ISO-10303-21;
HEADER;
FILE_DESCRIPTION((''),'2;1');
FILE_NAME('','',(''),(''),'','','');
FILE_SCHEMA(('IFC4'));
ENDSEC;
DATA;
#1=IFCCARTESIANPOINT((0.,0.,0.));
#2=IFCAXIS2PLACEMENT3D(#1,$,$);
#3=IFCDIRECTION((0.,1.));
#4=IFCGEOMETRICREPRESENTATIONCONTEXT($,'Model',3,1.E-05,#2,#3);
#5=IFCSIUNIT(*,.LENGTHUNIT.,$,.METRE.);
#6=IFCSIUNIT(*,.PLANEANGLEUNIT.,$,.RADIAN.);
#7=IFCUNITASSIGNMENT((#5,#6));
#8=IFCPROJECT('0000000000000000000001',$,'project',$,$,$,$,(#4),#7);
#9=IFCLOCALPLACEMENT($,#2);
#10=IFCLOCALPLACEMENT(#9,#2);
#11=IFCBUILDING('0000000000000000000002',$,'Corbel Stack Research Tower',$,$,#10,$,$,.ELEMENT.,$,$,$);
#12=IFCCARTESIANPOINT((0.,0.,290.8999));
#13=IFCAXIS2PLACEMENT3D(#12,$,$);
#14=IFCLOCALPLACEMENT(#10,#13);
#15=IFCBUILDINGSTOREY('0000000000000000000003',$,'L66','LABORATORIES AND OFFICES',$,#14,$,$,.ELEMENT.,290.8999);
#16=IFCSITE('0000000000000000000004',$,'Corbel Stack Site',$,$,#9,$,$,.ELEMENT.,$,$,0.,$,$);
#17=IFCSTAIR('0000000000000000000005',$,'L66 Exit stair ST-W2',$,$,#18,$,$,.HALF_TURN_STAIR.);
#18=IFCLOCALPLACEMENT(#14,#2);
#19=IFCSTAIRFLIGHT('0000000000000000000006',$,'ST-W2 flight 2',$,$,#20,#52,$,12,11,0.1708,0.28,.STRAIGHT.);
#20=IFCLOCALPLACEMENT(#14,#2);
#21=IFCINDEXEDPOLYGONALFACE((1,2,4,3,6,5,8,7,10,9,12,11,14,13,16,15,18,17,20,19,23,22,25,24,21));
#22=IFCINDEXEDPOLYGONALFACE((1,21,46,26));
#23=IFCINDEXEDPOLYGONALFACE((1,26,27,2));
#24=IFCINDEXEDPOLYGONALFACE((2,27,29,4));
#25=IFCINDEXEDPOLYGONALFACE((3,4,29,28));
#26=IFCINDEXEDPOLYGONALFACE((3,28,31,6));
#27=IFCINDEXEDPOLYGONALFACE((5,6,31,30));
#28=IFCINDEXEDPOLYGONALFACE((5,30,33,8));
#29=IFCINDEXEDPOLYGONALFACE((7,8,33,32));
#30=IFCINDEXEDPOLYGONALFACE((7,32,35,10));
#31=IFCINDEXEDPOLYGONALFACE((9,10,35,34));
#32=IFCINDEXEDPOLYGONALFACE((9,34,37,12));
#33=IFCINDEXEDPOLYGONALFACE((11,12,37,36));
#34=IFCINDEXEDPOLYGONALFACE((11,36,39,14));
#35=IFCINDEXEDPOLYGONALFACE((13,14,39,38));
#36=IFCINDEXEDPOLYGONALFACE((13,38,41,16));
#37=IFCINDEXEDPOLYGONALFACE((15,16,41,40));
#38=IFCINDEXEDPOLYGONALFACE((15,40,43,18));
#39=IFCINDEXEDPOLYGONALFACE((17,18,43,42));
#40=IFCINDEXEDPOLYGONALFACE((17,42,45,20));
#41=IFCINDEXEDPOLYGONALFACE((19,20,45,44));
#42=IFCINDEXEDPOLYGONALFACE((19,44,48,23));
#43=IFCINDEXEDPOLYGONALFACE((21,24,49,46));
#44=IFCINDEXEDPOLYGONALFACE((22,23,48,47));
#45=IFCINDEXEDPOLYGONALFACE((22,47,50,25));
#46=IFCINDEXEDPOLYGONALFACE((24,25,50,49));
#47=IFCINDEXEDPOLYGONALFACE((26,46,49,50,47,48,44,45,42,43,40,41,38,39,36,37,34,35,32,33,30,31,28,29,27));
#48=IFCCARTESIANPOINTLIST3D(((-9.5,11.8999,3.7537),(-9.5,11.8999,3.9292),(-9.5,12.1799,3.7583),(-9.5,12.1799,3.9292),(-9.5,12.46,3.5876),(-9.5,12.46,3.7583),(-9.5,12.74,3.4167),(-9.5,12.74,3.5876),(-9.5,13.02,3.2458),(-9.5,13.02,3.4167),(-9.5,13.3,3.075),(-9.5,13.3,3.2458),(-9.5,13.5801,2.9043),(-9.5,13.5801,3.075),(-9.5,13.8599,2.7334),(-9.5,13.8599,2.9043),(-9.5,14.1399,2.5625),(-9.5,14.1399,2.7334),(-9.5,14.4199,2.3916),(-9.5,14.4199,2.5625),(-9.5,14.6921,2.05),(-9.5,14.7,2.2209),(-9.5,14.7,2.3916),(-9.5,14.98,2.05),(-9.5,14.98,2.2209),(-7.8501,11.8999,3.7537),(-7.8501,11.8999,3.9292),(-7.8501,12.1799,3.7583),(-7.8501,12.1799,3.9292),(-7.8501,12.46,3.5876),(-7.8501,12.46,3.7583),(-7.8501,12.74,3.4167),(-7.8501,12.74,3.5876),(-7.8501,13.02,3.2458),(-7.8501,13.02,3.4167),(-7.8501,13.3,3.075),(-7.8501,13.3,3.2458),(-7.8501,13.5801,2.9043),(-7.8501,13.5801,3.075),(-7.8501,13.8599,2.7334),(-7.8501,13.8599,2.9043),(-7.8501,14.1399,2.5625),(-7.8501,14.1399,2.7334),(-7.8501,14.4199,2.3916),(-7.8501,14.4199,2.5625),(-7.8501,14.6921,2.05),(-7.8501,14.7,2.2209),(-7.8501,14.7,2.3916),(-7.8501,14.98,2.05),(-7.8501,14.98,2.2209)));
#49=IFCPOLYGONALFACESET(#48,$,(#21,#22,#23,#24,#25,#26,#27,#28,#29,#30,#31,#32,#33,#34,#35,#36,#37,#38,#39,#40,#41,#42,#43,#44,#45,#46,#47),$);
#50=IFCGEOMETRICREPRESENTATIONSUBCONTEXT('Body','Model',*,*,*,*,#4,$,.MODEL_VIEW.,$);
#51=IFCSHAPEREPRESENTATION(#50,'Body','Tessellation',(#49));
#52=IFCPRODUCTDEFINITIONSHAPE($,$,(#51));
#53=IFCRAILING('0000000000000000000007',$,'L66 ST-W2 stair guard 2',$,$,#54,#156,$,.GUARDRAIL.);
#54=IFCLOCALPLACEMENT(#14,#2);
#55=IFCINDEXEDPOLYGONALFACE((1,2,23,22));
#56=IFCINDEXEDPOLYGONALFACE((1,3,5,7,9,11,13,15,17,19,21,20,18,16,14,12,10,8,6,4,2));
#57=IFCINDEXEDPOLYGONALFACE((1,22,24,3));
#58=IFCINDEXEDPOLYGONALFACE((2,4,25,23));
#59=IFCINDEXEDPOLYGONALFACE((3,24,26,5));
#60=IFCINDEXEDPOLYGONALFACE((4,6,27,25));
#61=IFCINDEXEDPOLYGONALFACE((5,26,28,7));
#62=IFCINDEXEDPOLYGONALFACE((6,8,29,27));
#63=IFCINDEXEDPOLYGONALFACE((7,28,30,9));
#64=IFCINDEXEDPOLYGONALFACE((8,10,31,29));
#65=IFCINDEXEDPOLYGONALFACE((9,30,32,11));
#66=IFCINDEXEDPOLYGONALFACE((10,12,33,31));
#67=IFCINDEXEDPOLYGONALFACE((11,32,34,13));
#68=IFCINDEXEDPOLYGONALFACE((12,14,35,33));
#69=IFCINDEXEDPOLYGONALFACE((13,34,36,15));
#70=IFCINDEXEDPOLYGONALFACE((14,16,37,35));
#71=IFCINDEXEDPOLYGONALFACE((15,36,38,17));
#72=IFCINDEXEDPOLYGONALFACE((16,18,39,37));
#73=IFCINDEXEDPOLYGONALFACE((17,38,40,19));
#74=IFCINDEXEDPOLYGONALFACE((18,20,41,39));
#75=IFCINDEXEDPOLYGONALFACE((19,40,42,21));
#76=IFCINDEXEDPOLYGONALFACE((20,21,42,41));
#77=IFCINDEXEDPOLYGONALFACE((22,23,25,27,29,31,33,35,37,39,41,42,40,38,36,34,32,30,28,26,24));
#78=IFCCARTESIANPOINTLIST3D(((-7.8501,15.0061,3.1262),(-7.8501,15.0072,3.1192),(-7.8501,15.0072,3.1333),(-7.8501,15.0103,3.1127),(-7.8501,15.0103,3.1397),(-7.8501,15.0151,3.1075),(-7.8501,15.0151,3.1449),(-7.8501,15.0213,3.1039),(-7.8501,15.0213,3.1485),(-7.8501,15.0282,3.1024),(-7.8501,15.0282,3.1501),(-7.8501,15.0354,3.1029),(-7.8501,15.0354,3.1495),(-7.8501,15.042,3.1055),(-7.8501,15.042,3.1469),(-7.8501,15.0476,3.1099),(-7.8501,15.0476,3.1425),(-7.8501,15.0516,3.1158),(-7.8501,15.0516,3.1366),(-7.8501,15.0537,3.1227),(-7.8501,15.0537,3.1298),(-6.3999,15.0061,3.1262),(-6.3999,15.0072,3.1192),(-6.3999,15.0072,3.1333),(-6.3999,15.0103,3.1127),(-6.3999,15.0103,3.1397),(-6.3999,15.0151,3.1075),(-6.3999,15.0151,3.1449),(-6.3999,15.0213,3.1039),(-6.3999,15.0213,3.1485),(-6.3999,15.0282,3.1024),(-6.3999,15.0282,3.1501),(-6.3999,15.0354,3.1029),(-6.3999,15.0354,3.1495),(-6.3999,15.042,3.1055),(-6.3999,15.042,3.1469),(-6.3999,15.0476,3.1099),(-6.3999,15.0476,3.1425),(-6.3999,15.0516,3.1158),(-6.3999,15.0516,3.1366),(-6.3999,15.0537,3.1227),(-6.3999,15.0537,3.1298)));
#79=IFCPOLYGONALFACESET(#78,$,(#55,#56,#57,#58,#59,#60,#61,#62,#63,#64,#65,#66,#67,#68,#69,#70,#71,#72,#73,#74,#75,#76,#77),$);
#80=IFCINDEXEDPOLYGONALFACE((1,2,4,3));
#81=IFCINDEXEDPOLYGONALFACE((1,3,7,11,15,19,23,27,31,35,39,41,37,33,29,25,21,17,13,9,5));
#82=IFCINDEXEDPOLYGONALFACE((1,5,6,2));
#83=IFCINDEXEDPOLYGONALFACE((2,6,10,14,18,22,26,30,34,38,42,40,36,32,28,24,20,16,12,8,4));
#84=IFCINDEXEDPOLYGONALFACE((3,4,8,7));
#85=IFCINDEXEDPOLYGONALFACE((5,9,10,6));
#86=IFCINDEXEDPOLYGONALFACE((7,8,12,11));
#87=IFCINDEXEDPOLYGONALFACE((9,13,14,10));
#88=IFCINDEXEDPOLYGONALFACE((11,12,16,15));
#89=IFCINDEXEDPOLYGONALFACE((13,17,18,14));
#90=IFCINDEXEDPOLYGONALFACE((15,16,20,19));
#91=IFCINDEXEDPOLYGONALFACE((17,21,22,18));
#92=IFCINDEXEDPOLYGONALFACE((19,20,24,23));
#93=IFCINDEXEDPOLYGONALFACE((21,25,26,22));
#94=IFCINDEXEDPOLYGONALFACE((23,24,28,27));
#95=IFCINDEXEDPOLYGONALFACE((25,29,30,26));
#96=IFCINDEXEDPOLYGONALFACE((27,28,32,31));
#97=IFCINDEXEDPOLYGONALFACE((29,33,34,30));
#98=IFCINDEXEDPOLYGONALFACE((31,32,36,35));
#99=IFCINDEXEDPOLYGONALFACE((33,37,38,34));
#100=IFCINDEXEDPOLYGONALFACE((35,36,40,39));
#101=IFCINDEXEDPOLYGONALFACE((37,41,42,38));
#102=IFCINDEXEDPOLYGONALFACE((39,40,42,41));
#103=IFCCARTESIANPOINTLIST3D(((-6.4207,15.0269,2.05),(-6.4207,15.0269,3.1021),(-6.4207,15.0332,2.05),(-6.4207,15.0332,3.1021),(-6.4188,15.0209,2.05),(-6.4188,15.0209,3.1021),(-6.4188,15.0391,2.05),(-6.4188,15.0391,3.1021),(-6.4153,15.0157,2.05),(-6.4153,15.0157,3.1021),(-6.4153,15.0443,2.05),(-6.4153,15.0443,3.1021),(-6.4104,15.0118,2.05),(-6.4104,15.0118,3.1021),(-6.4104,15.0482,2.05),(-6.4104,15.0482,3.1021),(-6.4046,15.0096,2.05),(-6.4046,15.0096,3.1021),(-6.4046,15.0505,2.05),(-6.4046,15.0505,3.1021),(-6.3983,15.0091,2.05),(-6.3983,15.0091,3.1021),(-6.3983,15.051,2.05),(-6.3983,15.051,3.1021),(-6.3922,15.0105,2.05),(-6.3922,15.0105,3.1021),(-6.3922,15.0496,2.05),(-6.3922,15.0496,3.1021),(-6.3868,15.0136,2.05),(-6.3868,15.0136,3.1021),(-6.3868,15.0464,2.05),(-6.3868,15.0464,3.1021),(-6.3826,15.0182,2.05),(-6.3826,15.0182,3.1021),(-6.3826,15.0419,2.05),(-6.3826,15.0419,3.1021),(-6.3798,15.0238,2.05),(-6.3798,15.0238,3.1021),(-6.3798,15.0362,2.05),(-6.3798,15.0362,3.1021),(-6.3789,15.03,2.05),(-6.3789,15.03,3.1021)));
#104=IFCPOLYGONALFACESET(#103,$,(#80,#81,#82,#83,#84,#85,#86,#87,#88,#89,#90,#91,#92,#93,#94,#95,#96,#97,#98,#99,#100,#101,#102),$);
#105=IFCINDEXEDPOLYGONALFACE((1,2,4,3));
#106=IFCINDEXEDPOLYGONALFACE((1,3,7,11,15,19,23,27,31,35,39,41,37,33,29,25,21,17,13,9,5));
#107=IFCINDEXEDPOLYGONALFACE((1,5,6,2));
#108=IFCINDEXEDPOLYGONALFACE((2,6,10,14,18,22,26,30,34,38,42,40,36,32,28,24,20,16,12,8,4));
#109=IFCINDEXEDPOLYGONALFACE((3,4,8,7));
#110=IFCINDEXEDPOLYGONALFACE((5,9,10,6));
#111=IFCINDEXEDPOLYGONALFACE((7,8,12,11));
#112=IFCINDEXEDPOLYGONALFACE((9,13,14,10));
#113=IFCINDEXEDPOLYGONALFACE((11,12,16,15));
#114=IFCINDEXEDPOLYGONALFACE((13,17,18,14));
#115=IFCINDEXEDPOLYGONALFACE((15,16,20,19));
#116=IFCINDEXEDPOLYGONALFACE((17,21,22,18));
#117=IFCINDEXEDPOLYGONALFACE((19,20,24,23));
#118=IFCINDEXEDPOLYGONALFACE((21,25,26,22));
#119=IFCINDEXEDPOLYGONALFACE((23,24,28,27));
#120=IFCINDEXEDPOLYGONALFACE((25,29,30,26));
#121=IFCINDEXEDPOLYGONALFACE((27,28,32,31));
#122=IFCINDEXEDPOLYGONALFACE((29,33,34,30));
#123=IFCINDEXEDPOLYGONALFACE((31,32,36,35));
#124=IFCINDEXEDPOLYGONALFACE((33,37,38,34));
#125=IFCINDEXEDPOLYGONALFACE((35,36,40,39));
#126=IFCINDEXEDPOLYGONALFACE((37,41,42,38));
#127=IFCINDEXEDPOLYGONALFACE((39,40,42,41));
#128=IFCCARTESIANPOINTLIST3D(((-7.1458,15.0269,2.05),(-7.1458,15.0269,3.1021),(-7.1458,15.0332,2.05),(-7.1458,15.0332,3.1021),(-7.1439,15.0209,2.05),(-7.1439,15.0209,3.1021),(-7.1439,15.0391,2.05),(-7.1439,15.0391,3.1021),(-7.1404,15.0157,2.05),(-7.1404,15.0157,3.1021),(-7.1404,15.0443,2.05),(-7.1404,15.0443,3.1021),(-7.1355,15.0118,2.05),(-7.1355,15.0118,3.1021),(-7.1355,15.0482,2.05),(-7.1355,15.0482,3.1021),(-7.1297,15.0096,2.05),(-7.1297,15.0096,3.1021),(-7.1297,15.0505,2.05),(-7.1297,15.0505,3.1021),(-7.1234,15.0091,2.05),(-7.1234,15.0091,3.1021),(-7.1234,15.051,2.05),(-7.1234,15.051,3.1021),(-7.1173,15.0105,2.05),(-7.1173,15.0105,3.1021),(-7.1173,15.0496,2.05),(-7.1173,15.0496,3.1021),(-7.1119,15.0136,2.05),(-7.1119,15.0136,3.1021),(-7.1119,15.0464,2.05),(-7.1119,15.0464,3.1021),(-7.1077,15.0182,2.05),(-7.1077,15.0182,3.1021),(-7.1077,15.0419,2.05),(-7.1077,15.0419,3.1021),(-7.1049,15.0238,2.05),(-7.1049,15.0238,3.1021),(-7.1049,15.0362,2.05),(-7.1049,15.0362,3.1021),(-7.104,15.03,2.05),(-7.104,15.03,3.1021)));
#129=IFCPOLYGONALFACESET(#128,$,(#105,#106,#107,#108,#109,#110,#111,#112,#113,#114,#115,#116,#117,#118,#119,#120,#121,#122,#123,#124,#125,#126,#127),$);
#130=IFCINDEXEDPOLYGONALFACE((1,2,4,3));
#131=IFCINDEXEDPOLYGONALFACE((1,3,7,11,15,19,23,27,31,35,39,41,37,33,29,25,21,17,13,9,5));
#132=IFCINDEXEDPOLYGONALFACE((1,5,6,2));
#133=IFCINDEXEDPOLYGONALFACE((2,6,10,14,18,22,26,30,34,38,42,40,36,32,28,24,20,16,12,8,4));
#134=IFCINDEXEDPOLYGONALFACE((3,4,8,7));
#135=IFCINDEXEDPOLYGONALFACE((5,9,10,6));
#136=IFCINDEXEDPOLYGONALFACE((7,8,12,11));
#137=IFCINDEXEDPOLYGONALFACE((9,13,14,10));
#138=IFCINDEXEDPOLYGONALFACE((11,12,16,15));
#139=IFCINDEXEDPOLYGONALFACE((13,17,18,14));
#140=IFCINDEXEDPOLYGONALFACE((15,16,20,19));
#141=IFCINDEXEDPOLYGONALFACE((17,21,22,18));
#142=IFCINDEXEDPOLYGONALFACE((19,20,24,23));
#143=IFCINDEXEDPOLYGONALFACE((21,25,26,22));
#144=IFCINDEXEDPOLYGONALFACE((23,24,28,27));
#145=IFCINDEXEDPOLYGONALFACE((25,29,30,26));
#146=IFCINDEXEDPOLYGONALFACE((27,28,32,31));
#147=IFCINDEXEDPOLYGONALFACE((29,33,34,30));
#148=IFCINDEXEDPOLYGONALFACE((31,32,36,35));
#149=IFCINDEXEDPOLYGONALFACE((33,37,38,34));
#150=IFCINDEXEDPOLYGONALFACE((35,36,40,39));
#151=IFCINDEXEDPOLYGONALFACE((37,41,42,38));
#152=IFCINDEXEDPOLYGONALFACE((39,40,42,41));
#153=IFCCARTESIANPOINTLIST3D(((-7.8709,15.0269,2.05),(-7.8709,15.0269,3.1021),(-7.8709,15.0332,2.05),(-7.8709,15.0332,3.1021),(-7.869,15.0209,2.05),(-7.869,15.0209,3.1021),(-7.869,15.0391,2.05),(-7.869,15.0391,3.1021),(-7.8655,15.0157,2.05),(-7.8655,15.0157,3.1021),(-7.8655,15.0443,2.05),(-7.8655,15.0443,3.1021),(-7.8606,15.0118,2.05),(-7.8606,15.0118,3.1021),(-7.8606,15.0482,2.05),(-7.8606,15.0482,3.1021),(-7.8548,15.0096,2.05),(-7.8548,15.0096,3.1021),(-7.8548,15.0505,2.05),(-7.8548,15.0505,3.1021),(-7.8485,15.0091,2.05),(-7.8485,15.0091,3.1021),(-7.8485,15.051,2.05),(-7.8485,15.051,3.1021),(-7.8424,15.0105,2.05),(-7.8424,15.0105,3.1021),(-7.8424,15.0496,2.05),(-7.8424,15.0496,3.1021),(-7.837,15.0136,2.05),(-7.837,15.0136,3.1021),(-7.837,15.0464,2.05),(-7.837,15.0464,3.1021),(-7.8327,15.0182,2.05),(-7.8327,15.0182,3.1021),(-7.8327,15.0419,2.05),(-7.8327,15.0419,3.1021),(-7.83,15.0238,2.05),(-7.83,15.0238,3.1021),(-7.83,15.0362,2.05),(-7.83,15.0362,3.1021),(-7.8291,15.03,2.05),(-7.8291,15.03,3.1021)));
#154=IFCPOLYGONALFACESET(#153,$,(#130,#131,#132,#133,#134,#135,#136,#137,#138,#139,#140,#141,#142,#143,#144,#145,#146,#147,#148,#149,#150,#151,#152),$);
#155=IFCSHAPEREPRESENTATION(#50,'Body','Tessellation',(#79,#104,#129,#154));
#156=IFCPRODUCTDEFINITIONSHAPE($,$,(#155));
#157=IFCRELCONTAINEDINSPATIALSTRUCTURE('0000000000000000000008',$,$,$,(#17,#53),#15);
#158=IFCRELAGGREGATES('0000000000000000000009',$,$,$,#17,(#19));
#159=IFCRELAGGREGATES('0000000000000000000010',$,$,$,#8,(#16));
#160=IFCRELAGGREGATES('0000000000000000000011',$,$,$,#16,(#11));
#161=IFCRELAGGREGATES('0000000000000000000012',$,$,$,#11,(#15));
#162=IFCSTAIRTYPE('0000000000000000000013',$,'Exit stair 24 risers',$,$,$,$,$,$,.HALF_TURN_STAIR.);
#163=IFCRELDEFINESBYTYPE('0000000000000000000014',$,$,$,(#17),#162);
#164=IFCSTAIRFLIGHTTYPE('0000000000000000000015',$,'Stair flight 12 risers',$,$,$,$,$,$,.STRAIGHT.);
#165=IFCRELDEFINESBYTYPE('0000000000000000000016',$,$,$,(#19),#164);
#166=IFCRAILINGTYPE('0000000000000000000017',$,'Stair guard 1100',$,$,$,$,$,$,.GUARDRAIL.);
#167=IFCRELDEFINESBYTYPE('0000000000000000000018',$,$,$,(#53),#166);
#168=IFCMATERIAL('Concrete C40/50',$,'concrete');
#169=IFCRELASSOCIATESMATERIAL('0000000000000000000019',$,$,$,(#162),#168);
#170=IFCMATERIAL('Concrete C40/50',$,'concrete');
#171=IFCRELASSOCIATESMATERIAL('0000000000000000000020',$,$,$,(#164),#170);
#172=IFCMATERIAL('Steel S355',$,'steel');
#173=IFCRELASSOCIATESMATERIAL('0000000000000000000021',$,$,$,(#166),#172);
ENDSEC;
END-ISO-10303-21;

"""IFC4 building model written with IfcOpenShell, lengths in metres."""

from ifc_helpers import new_model, si_unit, direction, frame, origin, origin_2d, place, context, subcontext, project, spatial, polyline, circle, outline, extrude, material, type_object, element, aggregate, save


model = new_model("IFC4")

# Units and contexts
model_context = context("Model", 3, precision=1e-05, world=origin(), true_north=direction((0.0, 1.0)))
body_context = subcontext(model_context, "Body", "Model", "MODEL_VIEW")
ifc_project = project(units=[si_unit("LENGTHUNIT", "METRE"), si_unit("PLANEANGLEUNIT", "RADIAN")], contexts=[model_context])

# Site, building, storey
site_placement = place(None, origin())
site = spatial("IfcSite", under=ifc_project, at=site_placement, Name="Corbel Stack Site", CompositionType="ELEMENT", RefElevation=0.0)
building_placement = place(site_placement, origin())
building = spatial("IfcBuilding", under=site, at=building_placement, Name="Corbel Stack Research Tower", CompositionType="ELEMENT")
storey_placement = place(building_placement, frame((0.0, 0.0, 290.8999)))
storey = spatial("IfcBuildingStorey", under=building, at=storey_placement, Name="L66", Description="LABORATORIES AND OFFICES", CompositionType="ELEMENT", Elevation=290.8999)

# Stair, stair flight
ifc_material_1 = material(Name="Concrete C40/50", Category="concrete")
stair_type = type_object("IfcStairType", Name="Exit stair 24 risers", PredefinedType="HALF_TURN_STAIR", material=ifc_material_1)
stair_placement = place(storey_placement, origin())
stair = element("IfcStair", 1, at=stair_placement, inside=storey, type_object=stair_type, Name="L66 Exit stair ST-W2", PredefinedType="HALF_TURN_STAIR")
ifc_material_2 = material(Name="Concrete C40/50", Category="concrete")
stair_flight_type = type_object("IfcStairFlightType", Name="Stair flight 12 risers", PredefinedType="STRAIGHT", material=ifc_material_2)
stair_flight_placement = place(storey_placement, frame((-8.675, 14.98, 2.05), z_axis=(0.0, 0.0, 1.0), x_axis=(0.0, -1.0, 0.0)))
stair_flight = element("IfcStairFlight", 2, at=stair_flight_placement, type_object=stair_flight_type, Name="ST-W2 flight 2", NumberOfRisers=12, NumberOfTreads=11, PredefinedType="STRAIGHT", RiserHeight=0.1708, TreadLength=0.28, context=body_context, shape_type="SweptSolid", body=[
    extrude(outline(polyline([(0.0, 0.0), (0.0, 0.1709), (0.28, 0.1709), (0.28, 0.3416), (0.5601, 0.3416), (0.5601, 0.5125), (0.8401, 0.5125), (0.8401, 0.6833), (1.1201, 0.6833), (1.1201, 0.8542), (1.3999, 0.8542), (1.3999, 1.0249), (1.6799, 1.0249), (1.6799, 1.1958), (1.96, 1.1958), (1.96, 1.3667), (2.24, 1.3667), (2.24, 1.5376), (2.52, 1.5376), (2.52, 1.7083), (2.8, 1.7083), (2.8, 1.8792), (3.0801, 1.8792), (3.0801, 2.05), (3.0801, 1.7036), (0.2878, 0.0), (0.0, 0.0)])), frame((0.0, 0.825, 0.0), z_axis=(0.0, -1.0, 0.0), x_axis=(1.0, 0.0, 0.0)), (0.0, 0.0, 1.0), 1.6499),
])
aggregate(stair, [stair_flight])

# Railing
ifc_material_3 = material(Name="Steel S355", Category="steel")
railing_type = type_object("IfcRailingType", Name="Stair guard 1100", PredefinedType="GUARDRAIL", material=ifc_material_3)
railing_1_placement = place(storey_placement, frame((-6.3999, 15.03, 2.05)))
element("IfcRailing", 3, at=railing_1_placement, inside=storey, type_object=railing_type, Name="L66 ST-W2 stair guard 2", PredefinedType="GUARDRAIL", context=body_context, shape_type="SweptSolid", body=[
    extrude(circle(Radius=0.0239, at=origin_2d()), frame((0.0, 0.0, 1.0762), z_axis=(-1.0, 0.0, 0.0), x_axis=(0.0, -1.0, 0.0)), (0.0, 0.0, 1.0), 1.4502),
    extrude(circle(Radius=0.021, at=origin_2d()), origin(), (0.0, 0.0, 1.0), 1.052),
    extrude(circle(Radius=0.021, at=origin_2d()), frame((-0.7251, 0.0, 0.0)), (0.0, 0.0, 1.0), 1.052),
    extrude(circle(Radius=0.021, at=origin_2d()), frame((-1.4502, 0.0, 0.0)), (0.0, 0.0, 1.0), 1.052),
])

save(model, "model.ifc")
